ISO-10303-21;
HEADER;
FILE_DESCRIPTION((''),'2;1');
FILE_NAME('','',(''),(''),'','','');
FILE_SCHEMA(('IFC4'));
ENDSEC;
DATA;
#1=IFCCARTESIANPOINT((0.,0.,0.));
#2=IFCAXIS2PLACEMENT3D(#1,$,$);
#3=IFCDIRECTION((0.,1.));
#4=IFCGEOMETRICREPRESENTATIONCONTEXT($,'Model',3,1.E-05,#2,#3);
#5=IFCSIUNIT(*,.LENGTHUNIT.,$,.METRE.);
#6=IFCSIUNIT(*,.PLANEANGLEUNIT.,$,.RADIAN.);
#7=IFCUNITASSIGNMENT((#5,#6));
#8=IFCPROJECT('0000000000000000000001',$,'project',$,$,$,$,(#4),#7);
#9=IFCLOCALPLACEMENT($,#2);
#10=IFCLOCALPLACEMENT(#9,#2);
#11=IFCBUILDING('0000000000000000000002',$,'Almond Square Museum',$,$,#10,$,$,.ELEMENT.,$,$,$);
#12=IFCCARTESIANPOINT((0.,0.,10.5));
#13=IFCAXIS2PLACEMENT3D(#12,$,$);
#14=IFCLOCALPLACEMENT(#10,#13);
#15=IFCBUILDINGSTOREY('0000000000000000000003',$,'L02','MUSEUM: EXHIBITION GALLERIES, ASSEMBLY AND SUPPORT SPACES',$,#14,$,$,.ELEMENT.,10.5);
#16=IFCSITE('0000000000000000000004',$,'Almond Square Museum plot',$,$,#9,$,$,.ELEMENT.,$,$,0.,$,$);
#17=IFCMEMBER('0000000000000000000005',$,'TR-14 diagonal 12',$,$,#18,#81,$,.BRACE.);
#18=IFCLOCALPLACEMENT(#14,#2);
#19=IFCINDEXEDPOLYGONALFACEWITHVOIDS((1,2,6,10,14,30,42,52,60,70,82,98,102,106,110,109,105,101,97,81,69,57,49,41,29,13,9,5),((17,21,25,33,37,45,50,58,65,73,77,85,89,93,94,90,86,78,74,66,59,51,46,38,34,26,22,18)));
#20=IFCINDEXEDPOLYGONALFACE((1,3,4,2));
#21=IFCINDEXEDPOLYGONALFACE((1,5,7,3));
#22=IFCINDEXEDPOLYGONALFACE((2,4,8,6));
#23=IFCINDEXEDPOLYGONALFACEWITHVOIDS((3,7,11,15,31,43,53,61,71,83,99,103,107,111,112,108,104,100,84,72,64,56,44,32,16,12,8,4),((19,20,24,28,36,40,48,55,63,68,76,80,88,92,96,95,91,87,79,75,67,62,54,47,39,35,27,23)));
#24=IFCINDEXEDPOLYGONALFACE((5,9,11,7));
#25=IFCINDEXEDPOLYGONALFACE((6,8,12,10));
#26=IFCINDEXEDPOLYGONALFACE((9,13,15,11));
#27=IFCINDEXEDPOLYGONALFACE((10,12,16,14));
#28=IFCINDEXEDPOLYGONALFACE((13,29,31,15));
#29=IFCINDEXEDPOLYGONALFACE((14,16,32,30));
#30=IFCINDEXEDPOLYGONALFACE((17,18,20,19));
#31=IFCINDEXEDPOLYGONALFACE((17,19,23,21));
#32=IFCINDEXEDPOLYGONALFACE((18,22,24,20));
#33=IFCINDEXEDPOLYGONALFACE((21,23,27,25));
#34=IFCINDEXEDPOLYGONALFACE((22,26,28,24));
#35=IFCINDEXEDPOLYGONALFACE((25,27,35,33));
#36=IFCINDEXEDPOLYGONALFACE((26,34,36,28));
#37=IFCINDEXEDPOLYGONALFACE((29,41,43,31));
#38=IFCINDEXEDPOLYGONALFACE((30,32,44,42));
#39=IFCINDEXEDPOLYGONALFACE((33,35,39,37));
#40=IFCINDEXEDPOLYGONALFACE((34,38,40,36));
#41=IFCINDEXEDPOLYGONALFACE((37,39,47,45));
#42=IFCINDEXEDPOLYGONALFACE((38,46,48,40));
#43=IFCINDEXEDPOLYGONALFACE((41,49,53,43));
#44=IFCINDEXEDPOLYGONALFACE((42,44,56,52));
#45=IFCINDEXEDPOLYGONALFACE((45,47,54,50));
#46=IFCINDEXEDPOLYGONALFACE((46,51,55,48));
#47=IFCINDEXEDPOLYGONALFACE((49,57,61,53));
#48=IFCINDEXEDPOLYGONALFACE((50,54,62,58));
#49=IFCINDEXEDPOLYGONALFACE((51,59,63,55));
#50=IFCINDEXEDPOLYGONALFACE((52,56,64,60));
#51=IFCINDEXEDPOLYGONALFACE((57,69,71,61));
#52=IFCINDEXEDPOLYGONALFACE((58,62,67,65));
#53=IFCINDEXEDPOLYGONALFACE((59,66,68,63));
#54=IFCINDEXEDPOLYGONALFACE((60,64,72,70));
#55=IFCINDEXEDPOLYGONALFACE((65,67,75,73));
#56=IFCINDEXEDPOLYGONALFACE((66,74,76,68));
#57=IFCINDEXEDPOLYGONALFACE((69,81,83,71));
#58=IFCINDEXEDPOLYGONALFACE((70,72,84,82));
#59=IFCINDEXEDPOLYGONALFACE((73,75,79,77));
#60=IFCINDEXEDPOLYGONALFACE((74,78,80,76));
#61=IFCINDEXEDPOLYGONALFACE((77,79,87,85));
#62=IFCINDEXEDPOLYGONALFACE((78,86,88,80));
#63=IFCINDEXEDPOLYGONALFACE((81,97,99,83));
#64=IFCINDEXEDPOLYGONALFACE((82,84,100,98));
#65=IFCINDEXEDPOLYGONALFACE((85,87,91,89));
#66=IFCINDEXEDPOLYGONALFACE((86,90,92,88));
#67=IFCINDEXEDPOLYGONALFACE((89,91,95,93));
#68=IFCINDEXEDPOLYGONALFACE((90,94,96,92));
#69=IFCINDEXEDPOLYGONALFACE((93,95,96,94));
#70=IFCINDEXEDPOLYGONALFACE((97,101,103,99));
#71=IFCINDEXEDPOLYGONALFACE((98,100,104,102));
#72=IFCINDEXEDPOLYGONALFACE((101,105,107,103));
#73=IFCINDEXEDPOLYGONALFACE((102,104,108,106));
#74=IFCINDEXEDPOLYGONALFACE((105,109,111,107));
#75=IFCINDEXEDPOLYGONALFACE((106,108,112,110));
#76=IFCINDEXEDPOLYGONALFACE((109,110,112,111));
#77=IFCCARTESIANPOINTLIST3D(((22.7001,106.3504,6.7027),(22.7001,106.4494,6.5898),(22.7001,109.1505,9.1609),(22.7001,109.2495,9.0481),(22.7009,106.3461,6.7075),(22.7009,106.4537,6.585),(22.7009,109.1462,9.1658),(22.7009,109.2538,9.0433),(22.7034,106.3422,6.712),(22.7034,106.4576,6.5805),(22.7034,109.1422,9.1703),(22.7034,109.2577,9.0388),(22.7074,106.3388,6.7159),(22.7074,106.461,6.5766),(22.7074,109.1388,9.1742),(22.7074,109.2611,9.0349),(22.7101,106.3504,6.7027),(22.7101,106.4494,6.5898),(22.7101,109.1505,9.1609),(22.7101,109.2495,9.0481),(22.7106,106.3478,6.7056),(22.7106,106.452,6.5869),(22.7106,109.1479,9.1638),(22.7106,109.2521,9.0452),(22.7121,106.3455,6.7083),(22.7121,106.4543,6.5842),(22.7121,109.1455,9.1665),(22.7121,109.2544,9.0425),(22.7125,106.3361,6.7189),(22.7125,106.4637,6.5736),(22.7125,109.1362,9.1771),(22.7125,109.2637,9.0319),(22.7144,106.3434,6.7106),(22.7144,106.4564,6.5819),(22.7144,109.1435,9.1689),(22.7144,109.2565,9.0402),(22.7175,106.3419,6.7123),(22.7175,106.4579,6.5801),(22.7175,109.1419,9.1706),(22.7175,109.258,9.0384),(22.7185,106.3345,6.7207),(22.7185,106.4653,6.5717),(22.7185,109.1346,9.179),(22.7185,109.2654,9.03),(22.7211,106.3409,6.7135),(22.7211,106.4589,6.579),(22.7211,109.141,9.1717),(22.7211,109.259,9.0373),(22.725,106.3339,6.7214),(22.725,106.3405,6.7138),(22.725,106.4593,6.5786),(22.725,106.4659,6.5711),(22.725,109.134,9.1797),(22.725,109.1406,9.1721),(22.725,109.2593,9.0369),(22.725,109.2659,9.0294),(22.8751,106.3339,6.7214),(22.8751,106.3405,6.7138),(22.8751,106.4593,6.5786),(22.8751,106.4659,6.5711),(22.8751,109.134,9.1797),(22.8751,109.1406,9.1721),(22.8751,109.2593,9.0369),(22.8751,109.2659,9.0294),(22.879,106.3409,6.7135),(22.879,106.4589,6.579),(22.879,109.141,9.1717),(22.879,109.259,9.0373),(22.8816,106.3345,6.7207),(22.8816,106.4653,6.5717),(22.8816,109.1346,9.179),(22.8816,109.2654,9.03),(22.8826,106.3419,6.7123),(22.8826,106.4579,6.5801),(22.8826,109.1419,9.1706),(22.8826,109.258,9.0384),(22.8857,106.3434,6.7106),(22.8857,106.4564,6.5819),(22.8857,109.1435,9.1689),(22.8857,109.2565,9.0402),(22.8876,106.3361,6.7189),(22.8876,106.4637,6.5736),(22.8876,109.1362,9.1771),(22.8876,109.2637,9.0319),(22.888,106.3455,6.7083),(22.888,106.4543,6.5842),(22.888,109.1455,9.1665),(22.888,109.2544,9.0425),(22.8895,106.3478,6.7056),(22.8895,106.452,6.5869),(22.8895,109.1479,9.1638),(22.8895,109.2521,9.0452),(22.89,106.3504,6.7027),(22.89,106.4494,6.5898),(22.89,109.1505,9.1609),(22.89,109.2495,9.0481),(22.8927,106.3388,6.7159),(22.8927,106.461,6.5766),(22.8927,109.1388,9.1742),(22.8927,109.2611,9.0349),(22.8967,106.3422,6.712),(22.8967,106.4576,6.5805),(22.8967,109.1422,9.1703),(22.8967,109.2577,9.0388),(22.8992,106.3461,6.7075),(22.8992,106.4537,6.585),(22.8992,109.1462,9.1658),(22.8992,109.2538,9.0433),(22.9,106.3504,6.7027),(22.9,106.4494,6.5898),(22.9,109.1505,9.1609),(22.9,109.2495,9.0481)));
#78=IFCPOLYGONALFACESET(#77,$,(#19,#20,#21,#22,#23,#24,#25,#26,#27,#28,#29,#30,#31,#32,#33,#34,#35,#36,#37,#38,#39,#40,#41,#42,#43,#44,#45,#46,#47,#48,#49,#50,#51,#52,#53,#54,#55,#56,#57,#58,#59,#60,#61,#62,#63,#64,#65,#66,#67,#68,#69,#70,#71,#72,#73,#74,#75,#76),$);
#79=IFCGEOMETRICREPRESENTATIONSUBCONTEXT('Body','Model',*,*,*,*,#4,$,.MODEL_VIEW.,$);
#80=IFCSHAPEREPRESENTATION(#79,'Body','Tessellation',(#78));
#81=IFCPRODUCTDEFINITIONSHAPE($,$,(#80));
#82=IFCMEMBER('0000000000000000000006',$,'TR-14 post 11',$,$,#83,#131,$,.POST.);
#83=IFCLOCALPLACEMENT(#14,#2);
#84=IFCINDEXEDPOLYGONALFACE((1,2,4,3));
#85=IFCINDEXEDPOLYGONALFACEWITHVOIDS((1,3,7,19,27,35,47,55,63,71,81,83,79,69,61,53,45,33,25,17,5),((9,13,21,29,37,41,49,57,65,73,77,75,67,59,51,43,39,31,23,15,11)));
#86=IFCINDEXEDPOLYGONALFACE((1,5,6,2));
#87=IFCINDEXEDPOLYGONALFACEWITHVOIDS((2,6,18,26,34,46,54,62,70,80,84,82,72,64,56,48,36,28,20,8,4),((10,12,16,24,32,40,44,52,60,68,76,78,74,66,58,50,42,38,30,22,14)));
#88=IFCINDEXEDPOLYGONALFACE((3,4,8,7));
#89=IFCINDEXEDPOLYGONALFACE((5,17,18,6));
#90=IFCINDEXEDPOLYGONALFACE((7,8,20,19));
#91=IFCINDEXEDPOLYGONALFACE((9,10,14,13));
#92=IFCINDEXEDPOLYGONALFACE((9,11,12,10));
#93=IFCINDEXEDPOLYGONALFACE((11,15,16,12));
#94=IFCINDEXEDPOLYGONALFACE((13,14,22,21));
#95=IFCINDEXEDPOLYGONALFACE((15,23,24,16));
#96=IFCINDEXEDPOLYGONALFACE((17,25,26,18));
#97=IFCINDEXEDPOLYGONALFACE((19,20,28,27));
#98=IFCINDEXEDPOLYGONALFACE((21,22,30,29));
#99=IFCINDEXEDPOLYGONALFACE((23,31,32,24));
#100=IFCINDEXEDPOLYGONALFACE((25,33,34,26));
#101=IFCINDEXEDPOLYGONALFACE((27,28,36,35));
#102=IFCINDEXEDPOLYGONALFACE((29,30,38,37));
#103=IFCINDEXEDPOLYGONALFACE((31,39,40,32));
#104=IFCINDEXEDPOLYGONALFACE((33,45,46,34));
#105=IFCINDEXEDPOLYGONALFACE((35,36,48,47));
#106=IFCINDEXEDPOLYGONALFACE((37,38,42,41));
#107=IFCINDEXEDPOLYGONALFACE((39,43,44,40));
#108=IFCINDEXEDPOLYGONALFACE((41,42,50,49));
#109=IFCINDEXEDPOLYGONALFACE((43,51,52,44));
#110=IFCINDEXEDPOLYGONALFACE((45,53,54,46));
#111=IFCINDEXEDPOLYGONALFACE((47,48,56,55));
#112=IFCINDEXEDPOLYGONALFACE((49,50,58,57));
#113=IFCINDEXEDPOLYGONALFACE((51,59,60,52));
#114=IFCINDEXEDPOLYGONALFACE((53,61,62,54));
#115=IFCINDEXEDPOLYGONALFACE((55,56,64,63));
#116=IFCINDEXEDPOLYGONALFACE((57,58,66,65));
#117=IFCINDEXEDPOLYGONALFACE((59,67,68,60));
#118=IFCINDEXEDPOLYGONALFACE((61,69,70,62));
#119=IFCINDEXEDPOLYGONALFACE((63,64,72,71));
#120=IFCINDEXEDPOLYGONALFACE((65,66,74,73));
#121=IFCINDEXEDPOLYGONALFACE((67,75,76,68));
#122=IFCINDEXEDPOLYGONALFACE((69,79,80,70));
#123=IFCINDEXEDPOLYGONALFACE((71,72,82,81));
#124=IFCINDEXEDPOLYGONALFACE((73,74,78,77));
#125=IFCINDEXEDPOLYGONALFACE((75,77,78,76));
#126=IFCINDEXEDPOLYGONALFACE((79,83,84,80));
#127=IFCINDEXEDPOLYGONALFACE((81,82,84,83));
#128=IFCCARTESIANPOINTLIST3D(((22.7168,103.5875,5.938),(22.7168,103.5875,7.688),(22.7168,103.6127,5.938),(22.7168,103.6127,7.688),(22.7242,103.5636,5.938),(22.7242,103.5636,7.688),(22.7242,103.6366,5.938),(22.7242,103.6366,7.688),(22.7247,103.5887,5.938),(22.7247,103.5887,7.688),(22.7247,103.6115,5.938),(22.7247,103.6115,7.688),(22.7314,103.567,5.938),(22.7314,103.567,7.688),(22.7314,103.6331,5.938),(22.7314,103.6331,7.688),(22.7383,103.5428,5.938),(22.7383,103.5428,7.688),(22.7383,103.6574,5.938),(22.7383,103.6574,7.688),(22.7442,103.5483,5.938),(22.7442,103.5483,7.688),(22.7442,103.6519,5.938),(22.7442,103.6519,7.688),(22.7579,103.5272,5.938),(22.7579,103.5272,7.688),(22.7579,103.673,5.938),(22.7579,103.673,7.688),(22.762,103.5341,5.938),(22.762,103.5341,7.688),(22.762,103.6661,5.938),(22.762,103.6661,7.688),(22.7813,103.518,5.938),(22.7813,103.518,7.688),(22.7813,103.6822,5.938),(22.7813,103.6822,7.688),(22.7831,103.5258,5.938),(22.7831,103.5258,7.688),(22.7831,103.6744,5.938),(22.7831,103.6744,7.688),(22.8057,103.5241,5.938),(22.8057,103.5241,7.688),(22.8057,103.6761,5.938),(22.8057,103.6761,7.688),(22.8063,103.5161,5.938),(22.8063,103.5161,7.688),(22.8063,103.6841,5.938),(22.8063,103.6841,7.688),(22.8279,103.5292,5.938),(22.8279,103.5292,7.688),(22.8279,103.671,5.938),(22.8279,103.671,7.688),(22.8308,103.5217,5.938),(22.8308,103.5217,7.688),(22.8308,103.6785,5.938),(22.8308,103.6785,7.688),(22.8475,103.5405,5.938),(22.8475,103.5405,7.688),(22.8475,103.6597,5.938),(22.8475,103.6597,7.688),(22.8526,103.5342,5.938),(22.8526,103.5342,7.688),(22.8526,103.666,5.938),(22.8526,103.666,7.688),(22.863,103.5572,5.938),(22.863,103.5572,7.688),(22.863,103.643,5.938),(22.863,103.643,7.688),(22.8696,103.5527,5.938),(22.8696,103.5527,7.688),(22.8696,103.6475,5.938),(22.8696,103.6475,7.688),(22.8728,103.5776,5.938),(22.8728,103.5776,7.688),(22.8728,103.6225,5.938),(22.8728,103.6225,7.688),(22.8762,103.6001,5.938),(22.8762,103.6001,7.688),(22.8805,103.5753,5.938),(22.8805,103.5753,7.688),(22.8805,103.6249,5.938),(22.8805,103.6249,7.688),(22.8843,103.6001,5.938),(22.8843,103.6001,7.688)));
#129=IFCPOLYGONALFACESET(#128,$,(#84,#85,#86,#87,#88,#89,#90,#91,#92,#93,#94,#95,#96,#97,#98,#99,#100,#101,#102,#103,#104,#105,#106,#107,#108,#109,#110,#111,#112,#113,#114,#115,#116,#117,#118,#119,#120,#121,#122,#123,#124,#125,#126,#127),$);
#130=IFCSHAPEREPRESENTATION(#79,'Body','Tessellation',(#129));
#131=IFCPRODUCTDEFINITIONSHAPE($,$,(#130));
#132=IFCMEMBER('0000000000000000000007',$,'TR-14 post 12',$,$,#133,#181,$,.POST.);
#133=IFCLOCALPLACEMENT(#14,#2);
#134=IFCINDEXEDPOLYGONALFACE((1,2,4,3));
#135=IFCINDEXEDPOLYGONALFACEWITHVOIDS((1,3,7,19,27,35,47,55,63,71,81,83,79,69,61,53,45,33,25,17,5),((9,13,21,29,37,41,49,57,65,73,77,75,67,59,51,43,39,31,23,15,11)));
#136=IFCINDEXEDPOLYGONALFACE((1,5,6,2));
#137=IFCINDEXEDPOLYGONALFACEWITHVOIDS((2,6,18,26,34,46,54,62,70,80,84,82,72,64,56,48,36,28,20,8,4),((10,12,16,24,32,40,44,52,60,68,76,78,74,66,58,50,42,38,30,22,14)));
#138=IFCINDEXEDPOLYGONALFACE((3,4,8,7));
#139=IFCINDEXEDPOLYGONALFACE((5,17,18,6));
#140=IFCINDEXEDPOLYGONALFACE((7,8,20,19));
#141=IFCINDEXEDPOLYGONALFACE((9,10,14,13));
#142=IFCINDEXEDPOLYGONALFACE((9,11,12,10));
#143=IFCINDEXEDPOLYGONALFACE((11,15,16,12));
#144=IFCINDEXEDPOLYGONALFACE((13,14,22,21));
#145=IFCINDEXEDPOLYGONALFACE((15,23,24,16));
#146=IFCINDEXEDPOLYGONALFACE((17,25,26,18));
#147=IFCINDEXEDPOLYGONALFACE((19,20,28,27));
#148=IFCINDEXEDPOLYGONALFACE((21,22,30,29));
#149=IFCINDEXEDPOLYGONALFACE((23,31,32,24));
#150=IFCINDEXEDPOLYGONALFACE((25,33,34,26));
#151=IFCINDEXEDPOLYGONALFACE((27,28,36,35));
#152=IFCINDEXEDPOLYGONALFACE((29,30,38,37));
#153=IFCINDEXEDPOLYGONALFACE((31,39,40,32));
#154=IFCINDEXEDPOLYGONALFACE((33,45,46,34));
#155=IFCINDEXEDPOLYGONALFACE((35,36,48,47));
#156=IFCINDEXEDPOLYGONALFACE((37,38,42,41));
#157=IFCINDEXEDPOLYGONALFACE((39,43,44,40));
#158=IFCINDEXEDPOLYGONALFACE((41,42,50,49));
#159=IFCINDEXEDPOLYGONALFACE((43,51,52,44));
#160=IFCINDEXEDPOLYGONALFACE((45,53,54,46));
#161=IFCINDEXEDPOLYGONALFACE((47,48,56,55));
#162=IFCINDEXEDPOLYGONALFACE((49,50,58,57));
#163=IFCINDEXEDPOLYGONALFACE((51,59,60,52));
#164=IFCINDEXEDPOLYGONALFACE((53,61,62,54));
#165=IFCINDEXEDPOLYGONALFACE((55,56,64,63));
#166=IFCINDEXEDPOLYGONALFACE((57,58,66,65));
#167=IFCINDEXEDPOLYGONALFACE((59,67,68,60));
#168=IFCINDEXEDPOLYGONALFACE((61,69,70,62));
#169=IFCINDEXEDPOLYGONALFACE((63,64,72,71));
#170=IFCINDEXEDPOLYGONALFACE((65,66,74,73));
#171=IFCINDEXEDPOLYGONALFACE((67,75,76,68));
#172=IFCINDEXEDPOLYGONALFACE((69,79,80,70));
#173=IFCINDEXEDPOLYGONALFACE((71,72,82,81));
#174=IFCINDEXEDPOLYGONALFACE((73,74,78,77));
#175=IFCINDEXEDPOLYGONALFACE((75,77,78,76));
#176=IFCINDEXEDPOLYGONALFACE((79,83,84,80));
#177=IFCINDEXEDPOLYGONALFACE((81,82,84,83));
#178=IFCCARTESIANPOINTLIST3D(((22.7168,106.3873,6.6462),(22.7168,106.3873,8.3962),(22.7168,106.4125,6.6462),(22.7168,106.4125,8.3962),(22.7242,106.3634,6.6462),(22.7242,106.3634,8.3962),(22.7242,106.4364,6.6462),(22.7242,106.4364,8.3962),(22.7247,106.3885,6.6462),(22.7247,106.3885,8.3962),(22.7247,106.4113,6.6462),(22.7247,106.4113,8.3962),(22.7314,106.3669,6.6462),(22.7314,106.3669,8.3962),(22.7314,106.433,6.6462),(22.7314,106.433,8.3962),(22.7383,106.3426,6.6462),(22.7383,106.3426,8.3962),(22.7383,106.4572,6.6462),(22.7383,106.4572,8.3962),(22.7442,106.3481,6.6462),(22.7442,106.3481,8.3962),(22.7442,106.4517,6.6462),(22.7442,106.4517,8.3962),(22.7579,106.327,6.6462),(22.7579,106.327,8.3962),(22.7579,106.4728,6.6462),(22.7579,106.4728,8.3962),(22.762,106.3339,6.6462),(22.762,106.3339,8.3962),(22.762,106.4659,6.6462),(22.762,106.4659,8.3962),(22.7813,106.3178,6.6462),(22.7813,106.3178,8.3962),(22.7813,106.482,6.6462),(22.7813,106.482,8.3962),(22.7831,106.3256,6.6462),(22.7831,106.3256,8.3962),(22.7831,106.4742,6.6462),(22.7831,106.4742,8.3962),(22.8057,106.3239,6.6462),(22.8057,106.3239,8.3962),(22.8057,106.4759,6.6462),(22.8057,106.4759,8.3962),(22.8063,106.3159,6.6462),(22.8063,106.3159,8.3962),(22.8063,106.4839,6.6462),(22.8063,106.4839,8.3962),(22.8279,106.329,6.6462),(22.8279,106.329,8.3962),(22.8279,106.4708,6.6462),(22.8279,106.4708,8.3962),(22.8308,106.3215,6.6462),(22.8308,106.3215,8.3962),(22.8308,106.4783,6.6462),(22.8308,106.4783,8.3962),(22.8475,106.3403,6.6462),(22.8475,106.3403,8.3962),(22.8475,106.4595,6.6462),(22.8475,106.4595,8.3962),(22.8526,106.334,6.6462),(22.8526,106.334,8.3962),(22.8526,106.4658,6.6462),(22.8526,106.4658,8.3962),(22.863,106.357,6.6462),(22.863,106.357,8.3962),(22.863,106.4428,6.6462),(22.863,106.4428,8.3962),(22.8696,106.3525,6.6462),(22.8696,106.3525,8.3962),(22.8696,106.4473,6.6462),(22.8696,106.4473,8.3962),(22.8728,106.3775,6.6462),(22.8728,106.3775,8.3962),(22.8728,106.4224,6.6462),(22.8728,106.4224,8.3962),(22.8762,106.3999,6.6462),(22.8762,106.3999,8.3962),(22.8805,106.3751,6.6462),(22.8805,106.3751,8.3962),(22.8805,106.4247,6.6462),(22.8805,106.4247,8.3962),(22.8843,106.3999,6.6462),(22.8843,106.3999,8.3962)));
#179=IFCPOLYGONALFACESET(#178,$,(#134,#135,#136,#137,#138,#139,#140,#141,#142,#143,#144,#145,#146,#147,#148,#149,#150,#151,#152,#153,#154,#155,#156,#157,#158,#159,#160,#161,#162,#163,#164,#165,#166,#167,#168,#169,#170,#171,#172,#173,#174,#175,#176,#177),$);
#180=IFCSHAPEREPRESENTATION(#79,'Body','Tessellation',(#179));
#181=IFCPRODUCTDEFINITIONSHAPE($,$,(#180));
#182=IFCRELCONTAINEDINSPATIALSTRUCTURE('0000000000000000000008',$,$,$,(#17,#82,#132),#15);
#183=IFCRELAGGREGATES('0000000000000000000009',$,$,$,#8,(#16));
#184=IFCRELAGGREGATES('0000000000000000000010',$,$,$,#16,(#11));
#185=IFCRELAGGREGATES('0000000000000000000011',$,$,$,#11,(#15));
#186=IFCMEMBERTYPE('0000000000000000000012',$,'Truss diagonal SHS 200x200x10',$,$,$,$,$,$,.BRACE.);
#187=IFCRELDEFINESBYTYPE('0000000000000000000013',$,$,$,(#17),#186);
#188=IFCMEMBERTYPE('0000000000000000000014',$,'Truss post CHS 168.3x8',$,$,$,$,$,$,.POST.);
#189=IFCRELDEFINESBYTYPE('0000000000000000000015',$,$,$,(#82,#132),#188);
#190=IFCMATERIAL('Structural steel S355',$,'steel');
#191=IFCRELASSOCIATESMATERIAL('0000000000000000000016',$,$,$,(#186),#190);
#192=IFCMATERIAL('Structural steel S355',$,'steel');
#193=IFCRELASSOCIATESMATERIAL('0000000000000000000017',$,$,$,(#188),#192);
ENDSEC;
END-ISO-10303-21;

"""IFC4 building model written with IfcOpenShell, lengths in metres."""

from ifc_helpers import new_model, si_unit, direction, frame, origin, origin_2d, place, context, subcontext, project, spatial, hollow_rectangle, hollow_circle, extrude, material, material_profile, profile_set, type_object, element, save


model = new_model("IFC4")

# Units and contexts
model_context = context("Model", 3, precision=1e-05, world=origin(), true_north=direction((0.0, 1.0)))
body_context = subcontext(model_context, "Body", "Model", "MODEL_VIEW")
ifc_project = project(units=[si_unit("LENGTHUNIT", "METRE"), si_unit("PLANEANGLEUNIT", "RADIAN")], contexts=[model_context])

# Site, building, storey
site_placement = place(None, origin())
site = spatial("IfcSite", under=ifc_project, at=site_placement, Name="Almond Square Museum plot", CompositionType="ELEMENT", RefElevation=0.0)
building_placement = place(site_placement, origin())
building = spatial("IfcBuilding", under=site, at=building_placement, Name="Almond Square Museum", CompositionType="ELEMENT")
storey_placement = place(building_placement, frame((0.0, 0.0, 10.5)))
storey = spatial("IfcBuildingStorey", under=building, at=storey_placement, Name="L02", Description="MUSEUM: EXHIBITION GALLERIES, ASSEMBLY AND SUPPORT SPACES", CompositionType="ELEMENT", Elevation=10.5)

# Members
ifc_material_1 = material(Name="Structural steel S355", Category="steel")
ifc_material_profile_1 = material_profile(ifc_material_1, hollow_rectangle(XDim=0.2, YDim=0.2, WallThickness=0.01, InnerFilletRadius=0.0149, OuterFilletRadius=0.0249, at=origin_2d()))
ifc_profile_set_1 = profile_set([ifc_material_profile_1], Name="Structural steel S355")
member_type_1 = type_object("IfcMemberType", Name="Truss diagonal SHS 200x200x10", PredefinedType="BRACE", material=ifc_profile_set_1)
member_1_placement = place(storey_placement, frame((22.8, 106.3999, 6.6462), z_axis=(0.0, 0.751484, 0.659752), x_axis=(-1.0, 0.0, 0.0)))
element("IfcMember", 1, at=member_1_placement, inside=storey, type_object=member_type_1, Name="TR-14 diagonal 12", PredefinedType="BRACE", context=body_context, shape_type="SweptSolid", body=[
    extrude(hollow_rectangle(XDim=0.2, YDim=0.2, WallThickness=0.01, InnerFilletRadius=0.0149, OuterFilletRadius=0.0249, at=origin_2d()), origin(), (0.0, 0.0, 1.0), 3.7261),
])
ifc_material_2 = material(Name="Structural steel S355", Category="steel")
ifc_material_profile_2 = material_profile(ifc_material_2, hollow_circle(Radius=0.0842, WallThickness=0.0081, at=origin_2d()))
ifc_profile_set_2 = profile_set([ifc_material_profile_2], Name="Structural steel S355")
member_type_2 = type_object("IfcMemberType", Name="Truss post CHS 168.3x8", PredefinedType="POST", material=ifc_profile_set_2)
for number, where, z_axis, x_axis, name in (
    (2, (22.8, 103.6001, 5.938), (0.0, 0.0, 1.0), (1.0, 0.0, 0.0), "TR-14 post 11"),
    (3, (22.8, 106.3999, 6.6462), (0.0, 0.0, 1.0), (1.0, 0.0, 0.0), "TR-14 post 12"),
):
    element("IfcMember", number, at=place(storey_placement, frame(where, z_axis=z_axis, x_axis=x_axis)), inside=storey, type_object=member_type_2, Name=name, PredefinedType="POST", context=body_context, shape_type="SweptSolid", body=[
        extrude(hollow_circle(Radius=0.0842, WallThickness=0.0081, at=origin_2d()), origin(), (0.0, 0.0, 1.0), 1.75),
    ])

save(model, "model.ifc")
